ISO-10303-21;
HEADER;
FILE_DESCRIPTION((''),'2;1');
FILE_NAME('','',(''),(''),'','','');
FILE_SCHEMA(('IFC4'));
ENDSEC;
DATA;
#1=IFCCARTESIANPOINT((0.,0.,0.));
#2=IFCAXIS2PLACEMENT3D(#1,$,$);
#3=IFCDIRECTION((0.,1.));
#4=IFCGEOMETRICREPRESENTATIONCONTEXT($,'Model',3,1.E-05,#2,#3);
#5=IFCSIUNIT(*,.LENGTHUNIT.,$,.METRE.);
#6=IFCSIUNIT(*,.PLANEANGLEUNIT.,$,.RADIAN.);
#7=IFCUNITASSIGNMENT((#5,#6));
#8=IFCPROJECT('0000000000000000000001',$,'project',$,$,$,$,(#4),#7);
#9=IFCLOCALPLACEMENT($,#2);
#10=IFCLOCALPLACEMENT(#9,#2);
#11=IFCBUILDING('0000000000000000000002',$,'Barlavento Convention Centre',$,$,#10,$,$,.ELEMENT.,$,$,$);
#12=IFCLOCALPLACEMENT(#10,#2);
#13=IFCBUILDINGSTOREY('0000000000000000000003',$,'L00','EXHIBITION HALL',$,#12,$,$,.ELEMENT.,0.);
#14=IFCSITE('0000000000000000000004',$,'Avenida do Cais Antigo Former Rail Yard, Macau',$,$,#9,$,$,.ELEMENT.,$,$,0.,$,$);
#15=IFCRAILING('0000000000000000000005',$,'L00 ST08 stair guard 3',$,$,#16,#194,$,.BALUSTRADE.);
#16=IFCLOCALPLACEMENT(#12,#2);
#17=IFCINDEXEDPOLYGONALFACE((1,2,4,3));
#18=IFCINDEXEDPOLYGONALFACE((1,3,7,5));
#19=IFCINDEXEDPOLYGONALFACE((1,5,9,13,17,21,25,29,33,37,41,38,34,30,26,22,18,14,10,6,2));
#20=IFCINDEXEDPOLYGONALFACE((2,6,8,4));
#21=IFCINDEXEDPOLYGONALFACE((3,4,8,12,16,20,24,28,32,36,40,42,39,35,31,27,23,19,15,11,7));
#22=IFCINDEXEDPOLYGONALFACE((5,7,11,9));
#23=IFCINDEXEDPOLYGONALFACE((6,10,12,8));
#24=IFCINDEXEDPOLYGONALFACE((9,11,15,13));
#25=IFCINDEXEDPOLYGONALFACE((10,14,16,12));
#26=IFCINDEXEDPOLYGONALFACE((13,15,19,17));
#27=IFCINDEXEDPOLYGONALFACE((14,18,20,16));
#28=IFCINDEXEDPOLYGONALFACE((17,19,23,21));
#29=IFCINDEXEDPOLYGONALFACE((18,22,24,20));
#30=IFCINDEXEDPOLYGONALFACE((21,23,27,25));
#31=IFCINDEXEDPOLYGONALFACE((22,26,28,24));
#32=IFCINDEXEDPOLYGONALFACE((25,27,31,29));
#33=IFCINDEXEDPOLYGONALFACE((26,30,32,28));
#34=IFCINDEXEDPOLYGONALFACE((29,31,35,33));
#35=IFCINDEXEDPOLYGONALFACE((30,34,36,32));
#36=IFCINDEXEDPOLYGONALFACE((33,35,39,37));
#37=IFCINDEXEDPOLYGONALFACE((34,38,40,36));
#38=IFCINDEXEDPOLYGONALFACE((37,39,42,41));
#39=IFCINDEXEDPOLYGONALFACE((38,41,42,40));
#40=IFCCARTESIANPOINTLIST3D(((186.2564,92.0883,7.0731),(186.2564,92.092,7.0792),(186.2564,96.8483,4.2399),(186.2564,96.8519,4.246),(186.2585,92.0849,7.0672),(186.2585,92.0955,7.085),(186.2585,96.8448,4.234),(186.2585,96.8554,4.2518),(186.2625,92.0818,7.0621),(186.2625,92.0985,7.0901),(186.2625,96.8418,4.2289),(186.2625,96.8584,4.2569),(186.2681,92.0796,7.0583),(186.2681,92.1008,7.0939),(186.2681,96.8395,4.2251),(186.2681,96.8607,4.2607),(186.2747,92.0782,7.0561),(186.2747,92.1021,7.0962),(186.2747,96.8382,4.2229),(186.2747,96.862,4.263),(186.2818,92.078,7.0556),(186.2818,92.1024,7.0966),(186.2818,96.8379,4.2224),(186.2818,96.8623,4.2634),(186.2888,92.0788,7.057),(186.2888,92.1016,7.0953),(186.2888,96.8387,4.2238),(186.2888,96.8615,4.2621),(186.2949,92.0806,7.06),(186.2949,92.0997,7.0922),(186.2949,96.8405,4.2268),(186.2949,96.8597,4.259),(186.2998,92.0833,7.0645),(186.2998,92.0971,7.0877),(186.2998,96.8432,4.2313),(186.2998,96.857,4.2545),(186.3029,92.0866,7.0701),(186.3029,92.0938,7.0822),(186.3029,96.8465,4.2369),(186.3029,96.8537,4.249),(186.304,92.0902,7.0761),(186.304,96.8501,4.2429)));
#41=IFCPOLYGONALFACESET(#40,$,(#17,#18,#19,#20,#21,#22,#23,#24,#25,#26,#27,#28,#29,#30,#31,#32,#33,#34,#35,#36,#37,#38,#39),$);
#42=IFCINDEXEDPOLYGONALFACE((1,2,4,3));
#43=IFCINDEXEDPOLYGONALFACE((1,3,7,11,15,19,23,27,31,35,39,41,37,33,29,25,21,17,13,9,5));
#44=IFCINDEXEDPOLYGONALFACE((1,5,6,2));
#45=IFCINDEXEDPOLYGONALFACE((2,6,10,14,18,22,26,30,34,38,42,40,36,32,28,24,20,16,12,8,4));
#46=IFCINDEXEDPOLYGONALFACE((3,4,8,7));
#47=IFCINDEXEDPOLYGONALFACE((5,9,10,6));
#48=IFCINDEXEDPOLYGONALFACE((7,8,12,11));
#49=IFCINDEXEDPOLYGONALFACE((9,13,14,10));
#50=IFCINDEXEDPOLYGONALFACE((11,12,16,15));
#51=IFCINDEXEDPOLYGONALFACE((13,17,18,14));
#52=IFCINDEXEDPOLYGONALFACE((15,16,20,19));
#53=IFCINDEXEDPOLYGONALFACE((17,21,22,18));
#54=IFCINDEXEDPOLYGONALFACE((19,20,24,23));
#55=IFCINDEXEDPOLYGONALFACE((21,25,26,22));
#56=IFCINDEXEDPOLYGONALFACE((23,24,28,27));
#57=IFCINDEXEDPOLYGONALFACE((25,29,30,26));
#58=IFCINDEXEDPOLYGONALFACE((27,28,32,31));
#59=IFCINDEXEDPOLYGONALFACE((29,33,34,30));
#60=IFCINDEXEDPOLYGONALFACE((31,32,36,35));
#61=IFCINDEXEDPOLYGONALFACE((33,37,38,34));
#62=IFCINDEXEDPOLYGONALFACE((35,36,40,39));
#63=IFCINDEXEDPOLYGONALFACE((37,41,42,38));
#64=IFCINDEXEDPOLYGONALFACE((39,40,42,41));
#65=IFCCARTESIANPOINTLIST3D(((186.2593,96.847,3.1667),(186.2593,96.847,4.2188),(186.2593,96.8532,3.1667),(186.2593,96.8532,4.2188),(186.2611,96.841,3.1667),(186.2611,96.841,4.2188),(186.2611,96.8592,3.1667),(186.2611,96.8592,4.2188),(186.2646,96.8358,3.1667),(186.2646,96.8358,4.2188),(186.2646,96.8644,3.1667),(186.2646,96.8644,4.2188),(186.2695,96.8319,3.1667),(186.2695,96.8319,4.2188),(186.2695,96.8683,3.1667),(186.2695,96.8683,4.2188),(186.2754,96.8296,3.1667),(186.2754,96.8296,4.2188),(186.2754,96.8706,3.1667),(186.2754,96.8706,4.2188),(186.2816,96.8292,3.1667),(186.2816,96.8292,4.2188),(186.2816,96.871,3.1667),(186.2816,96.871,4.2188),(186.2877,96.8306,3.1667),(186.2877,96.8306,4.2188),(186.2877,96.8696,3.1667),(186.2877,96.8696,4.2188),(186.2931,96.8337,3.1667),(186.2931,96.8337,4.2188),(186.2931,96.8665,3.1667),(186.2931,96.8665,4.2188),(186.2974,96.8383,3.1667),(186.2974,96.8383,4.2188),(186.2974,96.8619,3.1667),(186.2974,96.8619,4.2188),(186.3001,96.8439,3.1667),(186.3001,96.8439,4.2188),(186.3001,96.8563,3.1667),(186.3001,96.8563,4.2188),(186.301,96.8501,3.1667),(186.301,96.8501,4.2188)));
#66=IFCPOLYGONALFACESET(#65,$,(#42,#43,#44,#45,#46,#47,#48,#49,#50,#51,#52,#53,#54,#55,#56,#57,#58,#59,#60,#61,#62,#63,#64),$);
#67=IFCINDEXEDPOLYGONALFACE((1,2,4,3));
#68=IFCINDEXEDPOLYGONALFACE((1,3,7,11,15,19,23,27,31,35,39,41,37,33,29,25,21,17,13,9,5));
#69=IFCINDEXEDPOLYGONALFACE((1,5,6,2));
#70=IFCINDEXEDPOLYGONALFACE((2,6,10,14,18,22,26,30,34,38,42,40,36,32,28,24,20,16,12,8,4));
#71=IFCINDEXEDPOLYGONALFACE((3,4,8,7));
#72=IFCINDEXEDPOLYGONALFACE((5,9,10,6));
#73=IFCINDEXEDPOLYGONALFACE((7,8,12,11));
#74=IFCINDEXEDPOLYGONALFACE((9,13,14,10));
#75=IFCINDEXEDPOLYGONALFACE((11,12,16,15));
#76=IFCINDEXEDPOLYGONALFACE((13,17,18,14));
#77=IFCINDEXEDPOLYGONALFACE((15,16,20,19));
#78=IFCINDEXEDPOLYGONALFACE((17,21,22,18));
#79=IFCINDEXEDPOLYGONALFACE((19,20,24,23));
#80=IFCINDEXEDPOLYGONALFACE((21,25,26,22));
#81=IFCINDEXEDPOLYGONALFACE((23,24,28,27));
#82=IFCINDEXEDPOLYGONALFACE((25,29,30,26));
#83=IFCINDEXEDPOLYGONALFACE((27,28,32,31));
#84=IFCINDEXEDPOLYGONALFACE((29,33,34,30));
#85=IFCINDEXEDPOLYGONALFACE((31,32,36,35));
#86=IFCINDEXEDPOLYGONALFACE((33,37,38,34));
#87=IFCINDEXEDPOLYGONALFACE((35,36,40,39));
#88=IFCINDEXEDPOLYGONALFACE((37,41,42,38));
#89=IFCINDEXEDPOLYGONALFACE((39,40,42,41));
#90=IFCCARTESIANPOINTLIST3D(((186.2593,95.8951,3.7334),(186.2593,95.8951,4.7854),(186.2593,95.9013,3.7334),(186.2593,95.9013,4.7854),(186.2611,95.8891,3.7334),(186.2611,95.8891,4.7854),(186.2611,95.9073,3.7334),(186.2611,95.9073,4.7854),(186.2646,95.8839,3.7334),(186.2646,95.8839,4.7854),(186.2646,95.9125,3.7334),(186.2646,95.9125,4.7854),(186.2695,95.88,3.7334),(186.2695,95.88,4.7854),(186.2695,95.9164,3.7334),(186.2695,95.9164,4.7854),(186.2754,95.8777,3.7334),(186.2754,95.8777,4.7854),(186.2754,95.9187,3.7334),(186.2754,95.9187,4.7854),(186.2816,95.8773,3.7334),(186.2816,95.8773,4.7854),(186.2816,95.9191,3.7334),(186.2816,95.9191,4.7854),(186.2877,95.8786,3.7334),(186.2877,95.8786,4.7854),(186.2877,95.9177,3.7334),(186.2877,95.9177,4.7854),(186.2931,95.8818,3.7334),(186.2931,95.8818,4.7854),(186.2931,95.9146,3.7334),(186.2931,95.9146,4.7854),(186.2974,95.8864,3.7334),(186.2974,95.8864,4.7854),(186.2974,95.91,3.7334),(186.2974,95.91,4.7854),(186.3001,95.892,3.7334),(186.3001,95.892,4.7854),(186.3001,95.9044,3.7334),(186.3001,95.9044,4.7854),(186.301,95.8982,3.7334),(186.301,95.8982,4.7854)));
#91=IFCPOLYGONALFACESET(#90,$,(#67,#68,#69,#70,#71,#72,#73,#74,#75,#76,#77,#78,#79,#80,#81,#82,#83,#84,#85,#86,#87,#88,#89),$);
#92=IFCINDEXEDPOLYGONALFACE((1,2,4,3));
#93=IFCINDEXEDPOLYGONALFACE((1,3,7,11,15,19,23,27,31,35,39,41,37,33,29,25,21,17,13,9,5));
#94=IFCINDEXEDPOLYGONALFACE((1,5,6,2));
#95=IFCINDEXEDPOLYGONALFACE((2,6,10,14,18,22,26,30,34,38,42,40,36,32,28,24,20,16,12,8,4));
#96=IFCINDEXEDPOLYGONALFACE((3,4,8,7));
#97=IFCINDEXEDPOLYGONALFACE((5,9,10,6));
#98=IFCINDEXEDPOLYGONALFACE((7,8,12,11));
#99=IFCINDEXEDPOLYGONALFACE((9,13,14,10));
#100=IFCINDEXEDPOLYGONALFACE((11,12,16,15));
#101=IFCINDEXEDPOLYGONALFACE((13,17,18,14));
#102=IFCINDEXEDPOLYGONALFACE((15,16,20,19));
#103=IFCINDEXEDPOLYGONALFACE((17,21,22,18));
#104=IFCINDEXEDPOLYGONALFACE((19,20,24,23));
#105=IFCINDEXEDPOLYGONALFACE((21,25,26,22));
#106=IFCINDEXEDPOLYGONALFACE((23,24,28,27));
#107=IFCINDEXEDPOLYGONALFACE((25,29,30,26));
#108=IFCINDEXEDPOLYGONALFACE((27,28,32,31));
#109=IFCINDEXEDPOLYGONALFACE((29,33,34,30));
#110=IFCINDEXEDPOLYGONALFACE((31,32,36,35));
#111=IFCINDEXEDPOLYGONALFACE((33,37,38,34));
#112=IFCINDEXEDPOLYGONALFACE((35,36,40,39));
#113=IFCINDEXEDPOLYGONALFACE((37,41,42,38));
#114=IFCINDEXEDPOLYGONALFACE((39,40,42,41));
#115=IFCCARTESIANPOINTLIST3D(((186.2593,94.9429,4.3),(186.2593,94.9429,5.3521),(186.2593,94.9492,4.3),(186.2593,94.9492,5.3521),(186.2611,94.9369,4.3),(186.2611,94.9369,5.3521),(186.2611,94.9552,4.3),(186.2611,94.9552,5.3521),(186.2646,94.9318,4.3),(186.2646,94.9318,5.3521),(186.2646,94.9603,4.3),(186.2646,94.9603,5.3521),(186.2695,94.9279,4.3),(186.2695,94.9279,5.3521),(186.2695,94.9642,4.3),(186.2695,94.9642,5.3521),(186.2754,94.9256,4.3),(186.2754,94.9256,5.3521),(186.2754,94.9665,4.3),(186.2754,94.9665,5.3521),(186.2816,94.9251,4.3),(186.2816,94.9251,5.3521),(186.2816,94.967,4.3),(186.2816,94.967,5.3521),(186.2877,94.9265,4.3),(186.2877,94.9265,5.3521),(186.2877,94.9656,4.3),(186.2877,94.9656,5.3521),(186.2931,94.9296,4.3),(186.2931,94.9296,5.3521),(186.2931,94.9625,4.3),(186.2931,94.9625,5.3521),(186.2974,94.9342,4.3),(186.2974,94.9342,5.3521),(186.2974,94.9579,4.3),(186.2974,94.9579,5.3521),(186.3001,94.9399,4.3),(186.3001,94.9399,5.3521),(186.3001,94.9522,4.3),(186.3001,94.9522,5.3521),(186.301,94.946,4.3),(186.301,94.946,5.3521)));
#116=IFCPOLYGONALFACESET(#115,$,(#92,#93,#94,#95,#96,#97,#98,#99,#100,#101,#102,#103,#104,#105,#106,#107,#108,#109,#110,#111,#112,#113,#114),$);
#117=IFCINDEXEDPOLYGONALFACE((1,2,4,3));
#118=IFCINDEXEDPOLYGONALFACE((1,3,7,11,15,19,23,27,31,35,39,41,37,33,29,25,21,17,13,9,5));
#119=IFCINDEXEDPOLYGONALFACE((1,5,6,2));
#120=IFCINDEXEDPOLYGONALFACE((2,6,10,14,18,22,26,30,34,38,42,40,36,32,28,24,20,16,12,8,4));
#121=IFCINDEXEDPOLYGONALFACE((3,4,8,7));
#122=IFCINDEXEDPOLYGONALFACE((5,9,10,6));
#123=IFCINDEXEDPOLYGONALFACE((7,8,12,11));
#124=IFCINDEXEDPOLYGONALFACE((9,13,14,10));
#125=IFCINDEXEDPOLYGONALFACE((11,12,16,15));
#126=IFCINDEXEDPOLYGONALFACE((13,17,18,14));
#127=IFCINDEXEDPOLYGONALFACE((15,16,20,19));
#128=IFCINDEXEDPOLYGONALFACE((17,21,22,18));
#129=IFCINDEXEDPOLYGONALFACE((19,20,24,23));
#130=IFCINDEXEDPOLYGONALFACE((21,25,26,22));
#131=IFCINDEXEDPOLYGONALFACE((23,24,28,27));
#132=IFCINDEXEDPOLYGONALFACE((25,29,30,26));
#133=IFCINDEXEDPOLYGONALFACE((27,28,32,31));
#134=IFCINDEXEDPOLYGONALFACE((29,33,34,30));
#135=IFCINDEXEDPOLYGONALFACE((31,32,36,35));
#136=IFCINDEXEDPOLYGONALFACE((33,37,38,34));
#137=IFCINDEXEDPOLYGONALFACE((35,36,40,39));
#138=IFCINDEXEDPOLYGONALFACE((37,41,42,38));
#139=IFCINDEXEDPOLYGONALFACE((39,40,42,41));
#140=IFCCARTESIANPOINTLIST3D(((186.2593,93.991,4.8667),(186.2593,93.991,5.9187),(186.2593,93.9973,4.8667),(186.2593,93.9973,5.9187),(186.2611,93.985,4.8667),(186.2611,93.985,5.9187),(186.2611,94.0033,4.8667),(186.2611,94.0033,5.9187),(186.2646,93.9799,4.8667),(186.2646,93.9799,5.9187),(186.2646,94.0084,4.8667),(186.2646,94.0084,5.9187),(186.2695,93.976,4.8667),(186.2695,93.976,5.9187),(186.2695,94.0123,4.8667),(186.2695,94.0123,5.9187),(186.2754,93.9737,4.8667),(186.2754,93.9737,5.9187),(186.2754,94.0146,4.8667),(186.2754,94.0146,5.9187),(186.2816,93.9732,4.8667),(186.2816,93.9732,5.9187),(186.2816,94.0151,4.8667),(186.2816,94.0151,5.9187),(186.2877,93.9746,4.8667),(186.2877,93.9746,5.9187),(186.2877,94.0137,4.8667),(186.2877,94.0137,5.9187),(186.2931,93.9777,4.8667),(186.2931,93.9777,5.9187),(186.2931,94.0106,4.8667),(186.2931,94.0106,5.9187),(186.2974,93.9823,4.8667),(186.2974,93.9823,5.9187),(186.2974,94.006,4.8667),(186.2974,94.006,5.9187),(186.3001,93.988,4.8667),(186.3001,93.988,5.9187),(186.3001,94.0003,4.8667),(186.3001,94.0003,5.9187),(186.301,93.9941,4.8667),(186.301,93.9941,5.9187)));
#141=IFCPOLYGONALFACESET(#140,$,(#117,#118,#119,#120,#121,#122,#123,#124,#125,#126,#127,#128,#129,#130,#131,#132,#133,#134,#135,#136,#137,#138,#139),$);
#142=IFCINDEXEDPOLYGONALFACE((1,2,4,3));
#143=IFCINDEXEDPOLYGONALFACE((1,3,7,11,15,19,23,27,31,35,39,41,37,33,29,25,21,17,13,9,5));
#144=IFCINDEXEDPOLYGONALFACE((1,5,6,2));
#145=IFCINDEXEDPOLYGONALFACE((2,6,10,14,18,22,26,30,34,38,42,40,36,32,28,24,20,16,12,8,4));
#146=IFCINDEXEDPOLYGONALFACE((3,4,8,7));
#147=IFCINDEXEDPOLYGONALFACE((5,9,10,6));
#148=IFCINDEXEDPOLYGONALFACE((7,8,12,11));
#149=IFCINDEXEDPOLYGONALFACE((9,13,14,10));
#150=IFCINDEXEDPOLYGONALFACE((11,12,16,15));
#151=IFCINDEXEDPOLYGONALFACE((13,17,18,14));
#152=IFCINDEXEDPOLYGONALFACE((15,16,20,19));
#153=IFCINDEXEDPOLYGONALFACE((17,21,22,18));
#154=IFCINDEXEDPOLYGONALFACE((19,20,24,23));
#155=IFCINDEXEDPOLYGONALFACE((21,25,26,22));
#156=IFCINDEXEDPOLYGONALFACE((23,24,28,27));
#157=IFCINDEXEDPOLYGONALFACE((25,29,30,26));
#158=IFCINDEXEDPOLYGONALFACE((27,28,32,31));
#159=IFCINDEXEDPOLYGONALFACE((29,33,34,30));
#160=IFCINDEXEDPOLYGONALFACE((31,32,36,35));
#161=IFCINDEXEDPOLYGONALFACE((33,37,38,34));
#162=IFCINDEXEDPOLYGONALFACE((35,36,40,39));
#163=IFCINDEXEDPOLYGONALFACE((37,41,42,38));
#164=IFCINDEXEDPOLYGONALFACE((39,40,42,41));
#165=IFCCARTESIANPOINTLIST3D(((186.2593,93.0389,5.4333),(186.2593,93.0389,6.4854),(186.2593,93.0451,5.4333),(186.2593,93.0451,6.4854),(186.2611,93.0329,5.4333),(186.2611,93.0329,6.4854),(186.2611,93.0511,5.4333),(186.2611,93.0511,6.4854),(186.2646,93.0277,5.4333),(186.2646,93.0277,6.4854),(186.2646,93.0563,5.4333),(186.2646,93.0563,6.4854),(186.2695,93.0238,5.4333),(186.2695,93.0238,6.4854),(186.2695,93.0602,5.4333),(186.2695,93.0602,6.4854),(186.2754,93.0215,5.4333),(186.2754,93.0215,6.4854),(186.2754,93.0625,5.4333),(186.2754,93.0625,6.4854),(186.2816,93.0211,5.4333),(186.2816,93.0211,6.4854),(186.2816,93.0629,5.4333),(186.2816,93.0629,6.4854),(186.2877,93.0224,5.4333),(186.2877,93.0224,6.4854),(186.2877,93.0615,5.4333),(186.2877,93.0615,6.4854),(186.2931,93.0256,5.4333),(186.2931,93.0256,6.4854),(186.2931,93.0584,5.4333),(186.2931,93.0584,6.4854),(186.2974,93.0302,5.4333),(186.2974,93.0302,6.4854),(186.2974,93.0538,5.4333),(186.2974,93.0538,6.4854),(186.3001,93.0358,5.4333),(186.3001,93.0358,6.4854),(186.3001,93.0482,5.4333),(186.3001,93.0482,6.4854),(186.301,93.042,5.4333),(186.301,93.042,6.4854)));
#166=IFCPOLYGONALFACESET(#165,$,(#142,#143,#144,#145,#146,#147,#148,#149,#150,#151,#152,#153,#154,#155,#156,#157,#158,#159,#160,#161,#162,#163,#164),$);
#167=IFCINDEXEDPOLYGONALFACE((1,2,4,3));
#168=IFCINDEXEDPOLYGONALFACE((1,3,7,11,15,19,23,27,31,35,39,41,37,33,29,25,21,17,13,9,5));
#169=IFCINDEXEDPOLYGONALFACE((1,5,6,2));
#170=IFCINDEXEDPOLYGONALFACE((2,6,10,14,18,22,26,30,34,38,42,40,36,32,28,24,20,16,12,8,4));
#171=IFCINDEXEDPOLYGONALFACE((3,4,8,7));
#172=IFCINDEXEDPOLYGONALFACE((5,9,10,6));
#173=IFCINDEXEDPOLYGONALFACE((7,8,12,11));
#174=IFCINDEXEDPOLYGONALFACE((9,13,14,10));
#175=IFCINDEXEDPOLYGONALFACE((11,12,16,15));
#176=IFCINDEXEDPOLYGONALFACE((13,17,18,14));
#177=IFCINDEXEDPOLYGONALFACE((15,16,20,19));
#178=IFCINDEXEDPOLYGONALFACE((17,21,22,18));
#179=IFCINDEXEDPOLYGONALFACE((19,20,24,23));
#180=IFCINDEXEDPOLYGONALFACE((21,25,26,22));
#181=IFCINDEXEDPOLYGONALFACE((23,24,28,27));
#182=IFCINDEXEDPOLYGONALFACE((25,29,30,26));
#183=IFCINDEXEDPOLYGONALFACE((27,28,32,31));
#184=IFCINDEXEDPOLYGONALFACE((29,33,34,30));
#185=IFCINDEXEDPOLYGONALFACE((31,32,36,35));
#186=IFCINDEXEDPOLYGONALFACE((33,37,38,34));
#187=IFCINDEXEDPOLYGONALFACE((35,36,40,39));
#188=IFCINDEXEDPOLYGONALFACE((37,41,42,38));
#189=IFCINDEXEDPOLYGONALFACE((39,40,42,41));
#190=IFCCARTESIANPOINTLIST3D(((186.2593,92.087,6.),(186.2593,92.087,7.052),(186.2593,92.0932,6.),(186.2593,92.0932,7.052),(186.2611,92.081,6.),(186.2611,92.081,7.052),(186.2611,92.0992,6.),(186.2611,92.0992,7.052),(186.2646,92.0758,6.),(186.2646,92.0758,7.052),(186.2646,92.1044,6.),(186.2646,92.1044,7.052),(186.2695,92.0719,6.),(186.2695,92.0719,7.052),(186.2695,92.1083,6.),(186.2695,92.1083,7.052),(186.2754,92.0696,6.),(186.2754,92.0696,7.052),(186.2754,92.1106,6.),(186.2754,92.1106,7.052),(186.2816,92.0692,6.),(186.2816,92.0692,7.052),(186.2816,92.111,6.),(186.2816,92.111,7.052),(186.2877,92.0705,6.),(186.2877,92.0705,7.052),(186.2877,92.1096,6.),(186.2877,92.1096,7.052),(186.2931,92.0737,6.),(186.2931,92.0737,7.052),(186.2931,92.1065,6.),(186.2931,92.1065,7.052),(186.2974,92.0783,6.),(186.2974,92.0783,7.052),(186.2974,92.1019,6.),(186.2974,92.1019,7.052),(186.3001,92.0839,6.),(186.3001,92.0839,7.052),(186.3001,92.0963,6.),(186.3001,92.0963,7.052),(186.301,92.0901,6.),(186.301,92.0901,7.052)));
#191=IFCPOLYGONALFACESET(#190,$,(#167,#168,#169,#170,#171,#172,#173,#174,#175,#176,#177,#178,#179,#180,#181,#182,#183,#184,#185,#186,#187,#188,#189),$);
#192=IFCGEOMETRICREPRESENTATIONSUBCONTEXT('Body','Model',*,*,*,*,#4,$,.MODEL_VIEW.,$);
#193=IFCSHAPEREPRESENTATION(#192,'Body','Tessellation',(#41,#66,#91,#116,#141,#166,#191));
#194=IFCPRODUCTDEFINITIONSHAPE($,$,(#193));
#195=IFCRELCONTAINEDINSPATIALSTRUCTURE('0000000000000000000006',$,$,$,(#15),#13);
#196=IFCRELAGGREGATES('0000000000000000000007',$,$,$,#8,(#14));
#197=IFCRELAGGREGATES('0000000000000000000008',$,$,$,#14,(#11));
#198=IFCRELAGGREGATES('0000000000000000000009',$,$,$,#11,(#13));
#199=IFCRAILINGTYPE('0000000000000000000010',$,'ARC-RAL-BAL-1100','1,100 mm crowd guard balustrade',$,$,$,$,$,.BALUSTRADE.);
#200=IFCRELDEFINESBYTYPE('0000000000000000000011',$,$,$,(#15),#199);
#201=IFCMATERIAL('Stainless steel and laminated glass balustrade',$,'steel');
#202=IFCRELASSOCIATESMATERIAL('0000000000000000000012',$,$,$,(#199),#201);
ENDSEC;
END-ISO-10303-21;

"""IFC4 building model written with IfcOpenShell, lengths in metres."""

from ifc_helpers import new_model, si_unit, direction, frame, origin, origin_2d, place, context, subcontext, project, spatial, circle, extrude, material, type_object, element, save


model = new_model("IFC4")

# Units and contexts
model_context = context("Model", 3, precision=1e-05, world=origin(), true_north=direction((0.0, 1.0)))
body_context = subcontext(model_context, "Body", "Model", "MODEL_VIEW")
ifc_project = project(units=[si_unit("LENGTHUNIT", "METRE"), si_unit("PLANEANGLEUNIT", "RADIAN")], contexts=[model_context])

# Site, building, storey
site_placement = place(None, origin())
site = spatial("IfcSite", under=ifc_project, at=site_placement, Name="Avenida do Cais Antigo Former Rail Yard, Macau", CompositionType="ELEMENT", RefElevation=0.0)
building_placement = place(site_placement, origin())
building = spatial("IfcBuilding", under=site, at=building_placement, Name="Barlavento Convention Centre", CompositionType="ELEMENT")
storey_placement = place(building_placement, origin())
storey = spatial("IfcBuildingStorey", under=building, at=storey_placement, Name="L00", Description="EXHIBITION HALL", CompositionType="ELEMENT", Elevation=0.0)

# Railing
ifc_material_1 = material(Name="Stainless steel and laminated glass balustrade", Category="steel")
railing_type_1 = type_object("IfcRailingType", Name="ARC-RAL-BAL-1100", Description="1,100 mm crowd guard balustrade", PredefinedType="BALUSTRADE", material=ifc_material_1)
railing_1_placement = place(storey_placement, frame((186.28, 96.8501, 3.1667)))
element("IfcRailing", 1, at=railing_1_placement, inside=storey, type_object=railing_type_1, Name="L00 ST08 stair guard 3", PredefinedType="BALUSTRADE", context=body_context, shape_type="SweptSolid", body=[
    extrude(circle(Radius=0.0239, at=origin_2d()), frame((0.0, 0.0, 1.0762), z_axis=(0.0, -0.8593, 0.511472), x_axis=(1.0, 0.0, 0.0)), (0.0, 0.0, 1.0), 5.5393),
    extrude(circle(Radius=0.021, at=origin_2d()), origin(), (0.0, 0.0, 1.0), 1.052),
    extrude(circle(Radius=0.021, at=origin_2d()), frame((0.0, -0.9519, 0.5667)), (0.0, 0.0, 1.0), 1.052),
    extrude(circle(Radius=0.021, at=origin_2d()), frame((0.0, -1.9041, 1.1333)), (0.0, 0.0, 1.0), 1.052),
    extrude(circle(Radius=0.021, at=origin_2d()), frame((0.0, -2.856, 1.7)), (0.0, 0.0, 1.0), 1.052),
    extrude(circle(Radius=0.021, at=origin_2d()), frame((0.0, -3.8081, 2.2666)), (0.0, 0.0, 1.0), 1.052),
    extrude(circle(Radius=0.021, at=origin_2d()), frame((0.0, -4.76, 2.8333)), (0.0, 0.0, 1.0), 1.052),
])

save(model, "model.ifc")
